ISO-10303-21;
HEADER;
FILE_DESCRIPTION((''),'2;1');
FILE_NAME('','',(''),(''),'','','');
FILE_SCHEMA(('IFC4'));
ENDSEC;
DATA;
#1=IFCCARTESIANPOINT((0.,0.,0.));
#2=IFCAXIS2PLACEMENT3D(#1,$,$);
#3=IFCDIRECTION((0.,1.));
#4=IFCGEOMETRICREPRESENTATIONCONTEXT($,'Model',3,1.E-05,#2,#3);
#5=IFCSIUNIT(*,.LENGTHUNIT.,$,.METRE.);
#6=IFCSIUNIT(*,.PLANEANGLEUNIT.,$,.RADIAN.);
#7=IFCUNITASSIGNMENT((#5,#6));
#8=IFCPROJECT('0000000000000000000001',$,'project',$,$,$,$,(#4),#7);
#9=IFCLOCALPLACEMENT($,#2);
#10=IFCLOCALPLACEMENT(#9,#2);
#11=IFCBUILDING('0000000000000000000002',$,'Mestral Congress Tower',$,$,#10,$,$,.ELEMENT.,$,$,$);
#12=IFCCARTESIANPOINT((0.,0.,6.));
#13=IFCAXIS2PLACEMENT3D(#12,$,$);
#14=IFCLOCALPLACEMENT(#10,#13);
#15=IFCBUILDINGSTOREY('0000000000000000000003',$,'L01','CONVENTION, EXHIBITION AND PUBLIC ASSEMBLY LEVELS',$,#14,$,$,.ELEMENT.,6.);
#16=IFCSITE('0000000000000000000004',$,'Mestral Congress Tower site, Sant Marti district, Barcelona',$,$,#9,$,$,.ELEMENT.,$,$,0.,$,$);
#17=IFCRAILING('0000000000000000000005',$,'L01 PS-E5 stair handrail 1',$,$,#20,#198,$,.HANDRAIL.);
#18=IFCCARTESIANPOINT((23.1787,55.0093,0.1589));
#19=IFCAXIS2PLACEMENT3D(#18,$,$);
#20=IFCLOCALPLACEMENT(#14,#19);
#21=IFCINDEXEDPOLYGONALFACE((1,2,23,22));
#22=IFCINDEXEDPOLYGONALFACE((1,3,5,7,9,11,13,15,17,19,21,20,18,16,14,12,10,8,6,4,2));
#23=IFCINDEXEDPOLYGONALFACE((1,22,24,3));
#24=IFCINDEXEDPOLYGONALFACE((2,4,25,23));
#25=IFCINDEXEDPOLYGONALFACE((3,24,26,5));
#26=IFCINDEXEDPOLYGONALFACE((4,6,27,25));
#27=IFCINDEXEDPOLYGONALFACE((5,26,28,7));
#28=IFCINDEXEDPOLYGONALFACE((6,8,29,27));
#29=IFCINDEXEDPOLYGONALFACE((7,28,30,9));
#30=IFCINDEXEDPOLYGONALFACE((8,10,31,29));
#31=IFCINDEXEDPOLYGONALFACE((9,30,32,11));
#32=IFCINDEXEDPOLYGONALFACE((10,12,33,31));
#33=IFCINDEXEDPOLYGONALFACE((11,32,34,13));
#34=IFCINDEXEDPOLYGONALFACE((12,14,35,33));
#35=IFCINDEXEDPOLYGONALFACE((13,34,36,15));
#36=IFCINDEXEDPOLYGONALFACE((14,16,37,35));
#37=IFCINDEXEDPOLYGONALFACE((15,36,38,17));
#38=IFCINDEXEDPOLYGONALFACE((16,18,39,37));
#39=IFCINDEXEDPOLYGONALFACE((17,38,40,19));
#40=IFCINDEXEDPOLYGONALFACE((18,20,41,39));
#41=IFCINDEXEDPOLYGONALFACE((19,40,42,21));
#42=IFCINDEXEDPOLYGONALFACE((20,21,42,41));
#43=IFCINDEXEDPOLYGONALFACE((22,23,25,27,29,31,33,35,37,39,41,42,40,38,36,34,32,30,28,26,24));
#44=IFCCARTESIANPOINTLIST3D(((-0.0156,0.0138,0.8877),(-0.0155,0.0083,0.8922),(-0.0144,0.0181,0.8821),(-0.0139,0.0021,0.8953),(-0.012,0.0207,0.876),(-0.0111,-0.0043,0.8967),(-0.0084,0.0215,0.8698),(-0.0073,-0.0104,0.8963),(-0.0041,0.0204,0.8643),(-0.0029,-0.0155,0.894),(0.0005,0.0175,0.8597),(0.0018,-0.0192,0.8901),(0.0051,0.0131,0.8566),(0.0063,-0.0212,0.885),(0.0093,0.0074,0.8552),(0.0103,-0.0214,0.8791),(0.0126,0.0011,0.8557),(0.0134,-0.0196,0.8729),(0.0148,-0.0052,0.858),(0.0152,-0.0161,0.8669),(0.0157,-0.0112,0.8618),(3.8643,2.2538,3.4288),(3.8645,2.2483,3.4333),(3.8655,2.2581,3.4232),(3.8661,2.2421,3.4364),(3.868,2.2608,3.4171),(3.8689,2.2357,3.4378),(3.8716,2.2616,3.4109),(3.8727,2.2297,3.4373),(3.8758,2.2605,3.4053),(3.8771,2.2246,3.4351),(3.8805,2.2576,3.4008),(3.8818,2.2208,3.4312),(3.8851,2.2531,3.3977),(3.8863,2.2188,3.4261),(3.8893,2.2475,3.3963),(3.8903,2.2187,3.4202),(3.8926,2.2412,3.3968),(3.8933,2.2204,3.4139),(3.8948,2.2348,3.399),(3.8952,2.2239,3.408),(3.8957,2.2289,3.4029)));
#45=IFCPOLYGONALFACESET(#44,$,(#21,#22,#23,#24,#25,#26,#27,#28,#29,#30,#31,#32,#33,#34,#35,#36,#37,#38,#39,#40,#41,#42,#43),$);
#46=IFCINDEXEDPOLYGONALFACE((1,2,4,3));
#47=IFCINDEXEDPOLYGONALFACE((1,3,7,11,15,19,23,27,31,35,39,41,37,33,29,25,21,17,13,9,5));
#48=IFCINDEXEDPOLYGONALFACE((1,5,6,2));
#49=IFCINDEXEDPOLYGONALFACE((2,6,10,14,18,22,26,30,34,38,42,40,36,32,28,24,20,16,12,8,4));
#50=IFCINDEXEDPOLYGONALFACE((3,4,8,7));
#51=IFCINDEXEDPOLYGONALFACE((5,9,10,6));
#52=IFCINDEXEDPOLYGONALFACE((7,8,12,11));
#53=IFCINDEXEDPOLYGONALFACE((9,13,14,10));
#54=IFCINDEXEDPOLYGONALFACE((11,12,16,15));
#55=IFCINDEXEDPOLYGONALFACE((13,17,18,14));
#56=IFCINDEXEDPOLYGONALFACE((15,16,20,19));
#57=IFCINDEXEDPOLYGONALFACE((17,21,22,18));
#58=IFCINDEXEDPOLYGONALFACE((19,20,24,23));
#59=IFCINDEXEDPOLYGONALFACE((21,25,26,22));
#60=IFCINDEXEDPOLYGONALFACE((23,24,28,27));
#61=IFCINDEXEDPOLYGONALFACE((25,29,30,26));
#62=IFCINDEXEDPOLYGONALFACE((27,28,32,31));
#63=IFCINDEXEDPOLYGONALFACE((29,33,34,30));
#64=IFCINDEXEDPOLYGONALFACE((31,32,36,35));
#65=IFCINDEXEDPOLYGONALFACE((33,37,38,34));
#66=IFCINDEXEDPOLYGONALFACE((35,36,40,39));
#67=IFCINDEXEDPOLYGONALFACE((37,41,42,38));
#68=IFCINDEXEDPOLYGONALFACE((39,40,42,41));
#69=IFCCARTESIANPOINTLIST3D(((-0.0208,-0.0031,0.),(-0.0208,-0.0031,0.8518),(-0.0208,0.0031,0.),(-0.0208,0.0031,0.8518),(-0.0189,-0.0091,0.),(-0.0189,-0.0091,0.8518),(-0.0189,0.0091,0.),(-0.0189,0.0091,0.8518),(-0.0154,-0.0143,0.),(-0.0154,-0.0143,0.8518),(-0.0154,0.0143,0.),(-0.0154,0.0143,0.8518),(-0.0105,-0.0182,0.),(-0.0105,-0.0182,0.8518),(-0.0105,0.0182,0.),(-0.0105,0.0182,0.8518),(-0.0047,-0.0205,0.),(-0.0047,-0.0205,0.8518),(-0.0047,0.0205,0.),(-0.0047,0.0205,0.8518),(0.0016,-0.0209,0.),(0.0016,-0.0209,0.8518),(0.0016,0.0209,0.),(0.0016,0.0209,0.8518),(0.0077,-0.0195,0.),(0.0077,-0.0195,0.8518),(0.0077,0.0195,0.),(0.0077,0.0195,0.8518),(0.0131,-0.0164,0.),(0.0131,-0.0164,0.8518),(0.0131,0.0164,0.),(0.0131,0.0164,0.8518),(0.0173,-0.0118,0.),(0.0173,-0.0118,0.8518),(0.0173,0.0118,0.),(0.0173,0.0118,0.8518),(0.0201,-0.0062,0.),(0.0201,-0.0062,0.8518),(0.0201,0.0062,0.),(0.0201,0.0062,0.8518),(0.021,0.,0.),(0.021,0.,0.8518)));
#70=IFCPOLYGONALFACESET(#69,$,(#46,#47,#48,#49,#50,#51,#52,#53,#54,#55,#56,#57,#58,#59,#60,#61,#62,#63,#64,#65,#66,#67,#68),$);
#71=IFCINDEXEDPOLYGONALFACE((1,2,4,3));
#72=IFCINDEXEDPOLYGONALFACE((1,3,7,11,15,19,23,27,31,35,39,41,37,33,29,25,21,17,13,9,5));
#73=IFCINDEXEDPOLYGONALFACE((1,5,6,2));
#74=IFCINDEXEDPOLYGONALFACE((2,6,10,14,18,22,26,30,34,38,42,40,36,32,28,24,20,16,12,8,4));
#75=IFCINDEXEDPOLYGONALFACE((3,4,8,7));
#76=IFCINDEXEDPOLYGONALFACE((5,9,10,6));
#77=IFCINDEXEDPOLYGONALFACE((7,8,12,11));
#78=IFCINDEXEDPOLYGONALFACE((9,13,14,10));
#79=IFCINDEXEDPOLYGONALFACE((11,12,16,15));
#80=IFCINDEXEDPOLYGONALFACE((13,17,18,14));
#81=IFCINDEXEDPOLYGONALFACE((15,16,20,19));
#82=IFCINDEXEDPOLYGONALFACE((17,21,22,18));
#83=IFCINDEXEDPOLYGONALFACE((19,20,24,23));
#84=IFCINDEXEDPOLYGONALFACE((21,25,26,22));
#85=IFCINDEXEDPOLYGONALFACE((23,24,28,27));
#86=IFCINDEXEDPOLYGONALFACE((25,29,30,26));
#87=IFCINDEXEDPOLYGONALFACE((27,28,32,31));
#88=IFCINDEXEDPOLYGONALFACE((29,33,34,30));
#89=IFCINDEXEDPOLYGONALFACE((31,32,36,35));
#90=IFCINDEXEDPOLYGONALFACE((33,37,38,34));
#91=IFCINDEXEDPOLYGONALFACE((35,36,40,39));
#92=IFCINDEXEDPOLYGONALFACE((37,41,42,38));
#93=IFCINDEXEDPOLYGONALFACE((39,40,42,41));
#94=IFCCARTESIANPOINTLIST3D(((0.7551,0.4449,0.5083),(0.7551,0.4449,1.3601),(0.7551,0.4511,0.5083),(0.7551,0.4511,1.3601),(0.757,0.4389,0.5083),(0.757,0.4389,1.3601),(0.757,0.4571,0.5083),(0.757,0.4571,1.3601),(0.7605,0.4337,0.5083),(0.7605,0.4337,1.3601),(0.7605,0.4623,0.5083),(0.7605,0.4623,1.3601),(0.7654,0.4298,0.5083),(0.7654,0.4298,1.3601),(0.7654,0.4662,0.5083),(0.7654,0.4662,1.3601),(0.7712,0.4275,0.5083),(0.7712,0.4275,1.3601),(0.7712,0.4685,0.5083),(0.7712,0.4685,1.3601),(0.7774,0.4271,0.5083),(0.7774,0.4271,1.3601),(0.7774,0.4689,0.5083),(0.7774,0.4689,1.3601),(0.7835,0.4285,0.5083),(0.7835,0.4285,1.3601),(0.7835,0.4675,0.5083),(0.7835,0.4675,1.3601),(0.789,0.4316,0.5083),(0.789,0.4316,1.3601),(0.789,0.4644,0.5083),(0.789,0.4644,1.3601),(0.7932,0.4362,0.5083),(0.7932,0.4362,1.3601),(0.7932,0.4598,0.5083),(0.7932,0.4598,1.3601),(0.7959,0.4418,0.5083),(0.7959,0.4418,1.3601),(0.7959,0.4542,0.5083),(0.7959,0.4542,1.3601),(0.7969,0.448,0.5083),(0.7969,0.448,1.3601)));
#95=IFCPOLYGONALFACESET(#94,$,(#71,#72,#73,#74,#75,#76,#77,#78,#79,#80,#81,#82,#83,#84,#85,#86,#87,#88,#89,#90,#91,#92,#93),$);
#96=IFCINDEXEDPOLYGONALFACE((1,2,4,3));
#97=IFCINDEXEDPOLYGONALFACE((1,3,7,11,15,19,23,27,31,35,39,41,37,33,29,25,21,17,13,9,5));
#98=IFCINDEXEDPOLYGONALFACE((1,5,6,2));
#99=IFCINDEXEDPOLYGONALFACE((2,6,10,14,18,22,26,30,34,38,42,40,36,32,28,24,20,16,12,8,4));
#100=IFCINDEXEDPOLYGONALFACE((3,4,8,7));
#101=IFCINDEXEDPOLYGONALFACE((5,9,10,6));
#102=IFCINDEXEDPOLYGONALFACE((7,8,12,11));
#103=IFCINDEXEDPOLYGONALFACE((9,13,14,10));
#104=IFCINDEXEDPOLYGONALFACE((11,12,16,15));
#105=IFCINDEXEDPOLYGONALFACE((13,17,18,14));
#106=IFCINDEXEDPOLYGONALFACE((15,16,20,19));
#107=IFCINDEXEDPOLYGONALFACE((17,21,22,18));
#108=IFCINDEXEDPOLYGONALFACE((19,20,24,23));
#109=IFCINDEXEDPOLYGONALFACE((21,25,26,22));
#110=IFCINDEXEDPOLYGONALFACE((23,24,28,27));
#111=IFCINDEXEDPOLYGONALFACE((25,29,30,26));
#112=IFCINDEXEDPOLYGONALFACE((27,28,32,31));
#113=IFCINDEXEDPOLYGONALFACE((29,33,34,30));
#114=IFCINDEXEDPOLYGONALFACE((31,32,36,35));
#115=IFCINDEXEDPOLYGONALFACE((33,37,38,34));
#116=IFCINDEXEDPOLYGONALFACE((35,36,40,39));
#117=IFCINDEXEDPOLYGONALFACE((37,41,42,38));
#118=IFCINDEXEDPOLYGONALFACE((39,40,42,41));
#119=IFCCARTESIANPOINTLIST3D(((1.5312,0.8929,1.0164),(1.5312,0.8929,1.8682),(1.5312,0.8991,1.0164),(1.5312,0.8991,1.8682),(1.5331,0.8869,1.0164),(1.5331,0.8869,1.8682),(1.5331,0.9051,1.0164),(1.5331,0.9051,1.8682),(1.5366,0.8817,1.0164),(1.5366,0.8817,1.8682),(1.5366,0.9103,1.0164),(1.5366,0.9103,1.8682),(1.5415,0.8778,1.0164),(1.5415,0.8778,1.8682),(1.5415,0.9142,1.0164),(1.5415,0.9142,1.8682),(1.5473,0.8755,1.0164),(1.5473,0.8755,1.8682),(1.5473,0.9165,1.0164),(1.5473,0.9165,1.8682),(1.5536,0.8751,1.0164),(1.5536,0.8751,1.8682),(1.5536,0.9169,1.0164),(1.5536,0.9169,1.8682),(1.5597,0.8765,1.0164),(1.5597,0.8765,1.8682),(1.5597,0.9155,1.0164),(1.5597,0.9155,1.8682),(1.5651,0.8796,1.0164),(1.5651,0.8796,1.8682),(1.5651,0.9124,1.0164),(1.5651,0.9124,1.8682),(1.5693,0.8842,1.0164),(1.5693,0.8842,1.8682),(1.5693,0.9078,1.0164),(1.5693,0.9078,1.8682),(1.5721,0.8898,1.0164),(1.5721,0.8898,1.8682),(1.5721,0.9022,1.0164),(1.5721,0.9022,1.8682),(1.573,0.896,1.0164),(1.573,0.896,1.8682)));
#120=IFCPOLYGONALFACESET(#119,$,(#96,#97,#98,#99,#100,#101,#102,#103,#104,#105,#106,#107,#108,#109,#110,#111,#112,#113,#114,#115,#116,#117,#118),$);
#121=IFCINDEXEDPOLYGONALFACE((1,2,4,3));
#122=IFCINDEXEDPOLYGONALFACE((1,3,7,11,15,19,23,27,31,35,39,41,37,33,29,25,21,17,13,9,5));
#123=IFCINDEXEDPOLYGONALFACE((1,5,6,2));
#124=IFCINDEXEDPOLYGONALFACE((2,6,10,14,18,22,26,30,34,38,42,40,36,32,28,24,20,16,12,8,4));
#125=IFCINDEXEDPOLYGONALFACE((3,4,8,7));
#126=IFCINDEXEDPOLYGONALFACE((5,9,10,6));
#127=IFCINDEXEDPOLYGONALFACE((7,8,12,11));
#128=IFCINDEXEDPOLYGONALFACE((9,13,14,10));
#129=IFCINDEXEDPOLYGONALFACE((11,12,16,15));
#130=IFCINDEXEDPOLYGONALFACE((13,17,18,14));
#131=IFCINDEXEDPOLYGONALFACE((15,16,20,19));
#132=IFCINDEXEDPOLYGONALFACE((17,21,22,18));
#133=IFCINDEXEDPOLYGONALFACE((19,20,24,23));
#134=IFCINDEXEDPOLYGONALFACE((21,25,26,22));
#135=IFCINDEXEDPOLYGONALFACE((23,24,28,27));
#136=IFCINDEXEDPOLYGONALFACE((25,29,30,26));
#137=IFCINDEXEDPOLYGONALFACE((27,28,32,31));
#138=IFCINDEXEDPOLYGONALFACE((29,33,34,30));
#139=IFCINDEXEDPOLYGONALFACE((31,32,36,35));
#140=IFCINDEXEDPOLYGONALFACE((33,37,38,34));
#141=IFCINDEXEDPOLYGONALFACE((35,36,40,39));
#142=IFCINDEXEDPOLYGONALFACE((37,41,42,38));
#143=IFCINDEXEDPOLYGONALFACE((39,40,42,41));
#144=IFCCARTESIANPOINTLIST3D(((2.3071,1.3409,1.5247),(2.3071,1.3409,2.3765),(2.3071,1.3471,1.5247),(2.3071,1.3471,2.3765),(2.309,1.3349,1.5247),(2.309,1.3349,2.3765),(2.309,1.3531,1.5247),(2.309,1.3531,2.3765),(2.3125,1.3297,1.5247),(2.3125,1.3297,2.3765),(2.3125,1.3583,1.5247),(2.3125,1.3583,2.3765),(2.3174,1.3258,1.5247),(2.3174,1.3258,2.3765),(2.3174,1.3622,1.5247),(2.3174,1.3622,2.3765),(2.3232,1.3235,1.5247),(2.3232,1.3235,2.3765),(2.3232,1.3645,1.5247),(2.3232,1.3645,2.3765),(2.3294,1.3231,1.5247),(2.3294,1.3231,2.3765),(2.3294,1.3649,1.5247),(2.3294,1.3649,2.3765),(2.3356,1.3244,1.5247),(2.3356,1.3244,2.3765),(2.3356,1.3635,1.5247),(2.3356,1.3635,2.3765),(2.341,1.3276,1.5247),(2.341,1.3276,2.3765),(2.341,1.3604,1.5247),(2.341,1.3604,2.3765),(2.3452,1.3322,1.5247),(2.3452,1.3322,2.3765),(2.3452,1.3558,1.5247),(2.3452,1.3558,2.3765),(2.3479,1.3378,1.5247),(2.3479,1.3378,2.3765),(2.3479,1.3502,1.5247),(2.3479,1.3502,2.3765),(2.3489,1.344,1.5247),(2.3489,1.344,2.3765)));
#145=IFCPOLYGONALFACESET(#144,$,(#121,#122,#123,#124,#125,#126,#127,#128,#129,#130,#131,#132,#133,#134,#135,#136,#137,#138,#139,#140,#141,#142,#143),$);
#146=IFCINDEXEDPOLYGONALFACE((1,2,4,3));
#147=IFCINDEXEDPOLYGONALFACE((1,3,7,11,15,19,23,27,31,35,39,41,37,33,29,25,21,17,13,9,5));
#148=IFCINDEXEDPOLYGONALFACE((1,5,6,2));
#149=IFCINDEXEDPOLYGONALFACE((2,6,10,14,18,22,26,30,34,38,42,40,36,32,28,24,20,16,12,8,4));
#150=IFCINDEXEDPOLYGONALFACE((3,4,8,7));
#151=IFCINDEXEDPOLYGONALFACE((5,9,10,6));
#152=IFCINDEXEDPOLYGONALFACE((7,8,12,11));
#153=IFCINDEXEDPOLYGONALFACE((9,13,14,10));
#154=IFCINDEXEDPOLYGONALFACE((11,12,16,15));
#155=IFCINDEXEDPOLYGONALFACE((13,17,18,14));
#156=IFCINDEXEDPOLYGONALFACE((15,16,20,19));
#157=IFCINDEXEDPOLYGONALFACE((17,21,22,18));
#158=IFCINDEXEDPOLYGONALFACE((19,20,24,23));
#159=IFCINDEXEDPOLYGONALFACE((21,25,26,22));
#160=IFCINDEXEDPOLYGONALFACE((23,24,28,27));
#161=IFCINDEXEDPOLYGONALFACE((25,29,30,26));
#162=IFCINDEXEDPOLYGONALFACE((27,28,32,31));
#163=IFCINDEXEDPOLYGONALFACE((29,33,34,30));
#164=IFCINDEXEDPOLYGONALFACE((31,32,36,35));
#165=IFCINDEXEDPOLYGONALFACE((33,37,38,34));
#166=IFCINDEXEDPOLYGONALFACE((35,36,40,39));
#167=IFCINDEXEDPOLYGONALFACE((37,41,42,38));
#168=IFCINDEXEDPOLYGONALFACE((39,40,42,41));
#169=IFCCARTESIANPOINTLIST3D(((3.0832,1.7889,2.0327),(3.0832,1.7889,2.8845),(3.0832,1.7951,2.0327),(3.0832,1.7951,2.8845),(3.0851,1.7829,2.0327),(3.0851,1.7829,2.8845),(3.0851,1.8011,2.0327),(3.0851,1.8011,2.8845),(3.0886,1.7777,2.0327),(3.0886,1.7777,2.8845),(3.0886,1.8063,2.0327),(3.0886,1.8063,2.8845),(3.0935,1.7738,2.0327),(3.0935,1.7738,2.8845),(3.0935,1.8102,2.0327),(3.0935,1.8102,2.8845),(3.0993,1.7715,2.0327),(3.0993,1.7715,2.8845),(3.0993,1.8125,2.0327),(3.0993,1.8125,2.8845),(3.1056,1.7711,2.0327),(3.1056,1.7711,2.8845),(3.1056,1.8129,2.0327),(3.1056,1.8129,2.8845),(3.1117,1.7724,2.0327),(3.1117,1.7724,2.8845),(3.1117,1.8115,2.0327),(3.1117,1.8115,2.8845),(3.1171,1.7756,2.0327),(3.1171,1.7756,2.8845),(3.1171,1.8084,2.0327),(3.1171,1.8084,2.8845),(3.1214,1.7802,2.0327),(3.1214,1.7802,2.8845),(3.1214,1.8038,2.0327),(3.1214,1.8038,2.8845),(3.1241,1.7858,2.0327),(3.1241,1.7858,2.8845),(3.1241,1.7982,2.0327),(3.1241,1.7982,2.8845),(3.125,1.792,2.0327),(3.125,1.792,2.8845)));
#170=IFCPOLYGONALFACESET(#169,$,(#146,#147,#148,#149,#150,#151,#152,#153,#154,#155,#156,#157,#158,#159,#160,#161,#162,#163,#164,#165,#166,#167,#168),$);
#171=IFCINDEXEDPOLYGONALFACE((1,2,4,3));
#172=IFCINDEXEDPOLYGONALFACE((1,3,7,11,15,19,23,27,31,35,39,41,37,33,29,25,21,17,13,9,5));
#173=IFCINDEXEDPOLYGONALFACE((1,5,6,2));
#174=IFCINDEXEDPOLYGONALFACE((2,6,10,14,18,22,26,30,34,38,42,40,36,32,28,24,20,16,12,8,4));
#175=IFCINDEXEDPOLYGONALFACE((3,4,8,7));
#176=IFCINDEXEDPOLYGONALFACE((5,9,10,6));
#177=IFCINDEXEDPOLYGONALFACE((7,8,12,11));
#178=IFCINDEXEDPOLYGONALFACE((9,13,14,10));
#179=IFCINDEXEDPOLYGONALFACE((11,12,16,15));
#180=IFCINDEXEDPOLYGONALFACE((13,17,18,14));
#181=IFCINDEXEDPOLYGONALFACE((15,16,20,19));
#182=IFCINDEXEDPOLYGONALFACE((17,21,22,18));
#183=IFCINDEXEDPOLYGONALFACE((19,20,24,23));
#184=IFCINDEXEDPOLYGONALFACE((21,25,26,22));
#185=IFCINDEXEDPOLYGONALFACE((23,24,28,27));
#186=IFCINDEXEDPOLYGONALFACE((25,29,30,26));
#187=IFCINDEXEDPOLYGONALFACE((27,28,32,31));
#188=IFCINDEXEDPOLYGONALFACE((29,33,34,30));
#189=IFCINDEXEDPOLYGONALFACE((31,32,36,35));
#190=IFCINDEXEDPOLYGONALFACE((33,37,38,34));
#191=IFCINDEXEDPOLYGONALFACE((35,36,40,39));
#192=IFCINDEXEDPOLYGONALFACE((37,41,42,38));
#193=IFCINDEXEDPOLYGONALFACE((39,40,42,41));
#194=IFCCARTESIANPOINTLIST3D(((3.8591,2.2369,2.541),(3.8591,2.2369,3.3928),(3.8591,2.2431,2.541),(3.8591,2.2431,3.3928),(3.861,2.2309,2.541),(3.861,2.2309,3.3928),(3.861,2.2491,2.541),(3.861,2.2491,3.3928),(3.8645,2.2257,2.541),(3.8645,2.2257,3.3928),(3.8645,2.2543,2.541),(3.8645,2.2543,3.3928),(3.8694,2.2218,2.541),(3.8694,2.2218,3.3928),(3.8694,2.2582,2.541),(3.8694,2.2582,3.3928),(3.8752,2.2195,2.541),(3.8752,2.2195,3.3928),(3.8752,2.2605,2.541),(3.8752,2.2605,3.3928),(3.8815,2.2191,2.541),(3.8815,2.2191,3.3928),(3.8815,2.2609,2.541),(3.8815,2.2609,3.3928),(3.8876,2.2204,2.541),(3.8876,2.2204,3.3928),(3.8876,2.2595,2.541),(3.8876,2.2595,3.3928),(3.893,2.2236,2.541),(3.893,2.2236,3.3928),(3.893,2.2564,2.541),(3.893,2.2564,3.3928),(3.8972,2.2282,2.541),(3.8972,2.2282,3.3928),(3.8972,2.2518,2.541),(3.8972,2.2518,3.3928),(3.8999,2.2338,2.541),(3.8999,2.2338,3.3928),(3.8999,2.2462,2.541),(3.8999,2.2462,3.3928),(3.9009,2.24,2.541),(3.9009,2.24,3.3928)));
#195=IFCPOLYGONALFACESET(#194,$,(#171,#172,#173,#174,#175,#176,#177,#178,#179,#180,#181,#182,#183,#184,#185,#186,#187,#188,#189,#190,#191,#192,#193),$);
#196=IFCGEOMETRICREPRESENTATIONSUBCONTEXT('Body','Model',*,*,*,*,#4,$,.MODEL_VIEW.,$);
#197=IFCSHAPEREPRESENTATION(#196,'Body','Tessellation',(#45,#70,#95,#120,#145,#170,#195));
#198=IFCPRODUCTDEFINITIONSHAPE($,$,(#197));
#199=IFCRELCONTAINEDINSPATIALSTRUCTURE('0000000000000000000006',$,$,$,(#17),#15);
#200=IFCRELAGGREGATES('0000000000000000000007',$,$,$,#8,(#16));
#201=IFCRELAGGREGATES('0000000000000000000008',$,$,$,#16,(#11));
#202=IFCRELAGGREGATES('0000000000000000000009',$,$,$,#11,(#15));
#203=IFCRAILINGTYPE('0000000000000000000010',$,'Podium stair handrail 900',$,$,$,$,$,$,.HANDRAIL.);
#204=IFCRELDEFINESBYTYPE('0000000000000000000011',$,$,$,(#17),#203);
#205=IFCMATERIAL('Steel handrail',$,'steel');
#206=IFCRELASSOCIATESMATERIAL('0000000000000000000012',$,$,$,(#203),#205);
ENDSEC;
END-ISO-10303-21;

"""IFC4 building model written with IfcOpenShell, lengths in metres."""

from ifc_helpers import new_model, si_unit, direction, frame, origin, origin_2d, place, context, subcontext, project, spatial, circle, extrude, material, type_object, element, save


model = new_model("IFC4")

# Units and contexts
model_context = context("Model", 3, precision=1e-05, world=origin(), true_north=direction((0.0, 1.0)))
body_context = subcontext(model_context, "Body", "Model", "MODEL_VIEW")
ifc_project = project(units=[si_unit("LENGTHUNIT", "METRE"), si_unit("PLANEANGLEUNIT", "RADIAN")], contexts=[model_context])

# Site, building, storey
site_placement = place(None, origin())
site = spatial("IfcSite", under=ifc_project, at=site_placement, Name="Mestral Congress Tower site, Sant Marti district, Barcelona", CompositionType="ELEMENT", RefElevation=0.0)
building_placement = place(site_placement, origin())
building = spatial("IfcBuilding", under=site, at=building_placement, Name="Mestral Congress Tower", CompositionType="ELEMENT")
storey_placement = place(building_placement, frame((0.0, 0.0, 6.0)))
storey = spatial("IfcBuildingStorey", under=building, at=storey_placement, Name="L01", Description="CONVENTION, EXHIBITION AND PUBLIC ASSEMBLY LEVELS", CompositionType="ELEMENT", Elevation=6.0)

# Railing
ifc_material_1 = material(Name="Steel handrail", Category="steel")
railing_type_1 = type_object("IfcRailingType", Name="Podium stair handrail 900", PredefinedType="HANDRAIL", material=ifc_material_1)
railing_1_placement = place(storey_placement, frame((23.1787, 55.0093, 0.1589)))
element("IfcRailing", 1, at=railing_1_placement, inside=storey, type_object=railing_type_1, Name="L01 PS-E5 stair handrail 1", PredefinedType="HANDRAIL", context=body_context, shape_type="SweptSolid", body=[
    extrude(circle(Radius=0.0239, at=origin_2d()), frame((0.0, 0.0, 0.876), z_axis=(0.7533, 0.434906, 0.493352), x_axis=(-0.49999, 0.866031, 0.0)), (0.0, 0.0, 1.0), 5.1506),
    extrude(circle(Radius=0.021, at=origin_2d()), origin(), (0.0, 0.0, 1.0), 0.8518),
    extrude(circle(Radius=0.021, at=origin_2d()), frame((0.7759, 0.448, 0.5083)), (0.0, 0.0, 1.0), 0.8518),
    extrude(circle(Radius=0.021, at=origin_2d()), frame((1.552, 0.896, 1.0164)), (0.0, 0.0, 1.0), 0.8518),
    extrude(circle(Radius=0.021, at=origin_2d()), frame((2.3279, 1.344, 1.5247)), (0.0, 0.0, 1.0), 0.8518),
    extrude(circle(Radius=0.021, at=origin_2d()), frame((3.104, 1.792, 2.0327)), (0.0, 0.0, 1.0), 0.8518),
    extrude(circle(Radius=0.021, at=origin_2d()), frame((3.8799, 2.24, 2.541)), (0.0, 0.0, 1.0), 0.8518),
])

save(model, "model.ifc")
